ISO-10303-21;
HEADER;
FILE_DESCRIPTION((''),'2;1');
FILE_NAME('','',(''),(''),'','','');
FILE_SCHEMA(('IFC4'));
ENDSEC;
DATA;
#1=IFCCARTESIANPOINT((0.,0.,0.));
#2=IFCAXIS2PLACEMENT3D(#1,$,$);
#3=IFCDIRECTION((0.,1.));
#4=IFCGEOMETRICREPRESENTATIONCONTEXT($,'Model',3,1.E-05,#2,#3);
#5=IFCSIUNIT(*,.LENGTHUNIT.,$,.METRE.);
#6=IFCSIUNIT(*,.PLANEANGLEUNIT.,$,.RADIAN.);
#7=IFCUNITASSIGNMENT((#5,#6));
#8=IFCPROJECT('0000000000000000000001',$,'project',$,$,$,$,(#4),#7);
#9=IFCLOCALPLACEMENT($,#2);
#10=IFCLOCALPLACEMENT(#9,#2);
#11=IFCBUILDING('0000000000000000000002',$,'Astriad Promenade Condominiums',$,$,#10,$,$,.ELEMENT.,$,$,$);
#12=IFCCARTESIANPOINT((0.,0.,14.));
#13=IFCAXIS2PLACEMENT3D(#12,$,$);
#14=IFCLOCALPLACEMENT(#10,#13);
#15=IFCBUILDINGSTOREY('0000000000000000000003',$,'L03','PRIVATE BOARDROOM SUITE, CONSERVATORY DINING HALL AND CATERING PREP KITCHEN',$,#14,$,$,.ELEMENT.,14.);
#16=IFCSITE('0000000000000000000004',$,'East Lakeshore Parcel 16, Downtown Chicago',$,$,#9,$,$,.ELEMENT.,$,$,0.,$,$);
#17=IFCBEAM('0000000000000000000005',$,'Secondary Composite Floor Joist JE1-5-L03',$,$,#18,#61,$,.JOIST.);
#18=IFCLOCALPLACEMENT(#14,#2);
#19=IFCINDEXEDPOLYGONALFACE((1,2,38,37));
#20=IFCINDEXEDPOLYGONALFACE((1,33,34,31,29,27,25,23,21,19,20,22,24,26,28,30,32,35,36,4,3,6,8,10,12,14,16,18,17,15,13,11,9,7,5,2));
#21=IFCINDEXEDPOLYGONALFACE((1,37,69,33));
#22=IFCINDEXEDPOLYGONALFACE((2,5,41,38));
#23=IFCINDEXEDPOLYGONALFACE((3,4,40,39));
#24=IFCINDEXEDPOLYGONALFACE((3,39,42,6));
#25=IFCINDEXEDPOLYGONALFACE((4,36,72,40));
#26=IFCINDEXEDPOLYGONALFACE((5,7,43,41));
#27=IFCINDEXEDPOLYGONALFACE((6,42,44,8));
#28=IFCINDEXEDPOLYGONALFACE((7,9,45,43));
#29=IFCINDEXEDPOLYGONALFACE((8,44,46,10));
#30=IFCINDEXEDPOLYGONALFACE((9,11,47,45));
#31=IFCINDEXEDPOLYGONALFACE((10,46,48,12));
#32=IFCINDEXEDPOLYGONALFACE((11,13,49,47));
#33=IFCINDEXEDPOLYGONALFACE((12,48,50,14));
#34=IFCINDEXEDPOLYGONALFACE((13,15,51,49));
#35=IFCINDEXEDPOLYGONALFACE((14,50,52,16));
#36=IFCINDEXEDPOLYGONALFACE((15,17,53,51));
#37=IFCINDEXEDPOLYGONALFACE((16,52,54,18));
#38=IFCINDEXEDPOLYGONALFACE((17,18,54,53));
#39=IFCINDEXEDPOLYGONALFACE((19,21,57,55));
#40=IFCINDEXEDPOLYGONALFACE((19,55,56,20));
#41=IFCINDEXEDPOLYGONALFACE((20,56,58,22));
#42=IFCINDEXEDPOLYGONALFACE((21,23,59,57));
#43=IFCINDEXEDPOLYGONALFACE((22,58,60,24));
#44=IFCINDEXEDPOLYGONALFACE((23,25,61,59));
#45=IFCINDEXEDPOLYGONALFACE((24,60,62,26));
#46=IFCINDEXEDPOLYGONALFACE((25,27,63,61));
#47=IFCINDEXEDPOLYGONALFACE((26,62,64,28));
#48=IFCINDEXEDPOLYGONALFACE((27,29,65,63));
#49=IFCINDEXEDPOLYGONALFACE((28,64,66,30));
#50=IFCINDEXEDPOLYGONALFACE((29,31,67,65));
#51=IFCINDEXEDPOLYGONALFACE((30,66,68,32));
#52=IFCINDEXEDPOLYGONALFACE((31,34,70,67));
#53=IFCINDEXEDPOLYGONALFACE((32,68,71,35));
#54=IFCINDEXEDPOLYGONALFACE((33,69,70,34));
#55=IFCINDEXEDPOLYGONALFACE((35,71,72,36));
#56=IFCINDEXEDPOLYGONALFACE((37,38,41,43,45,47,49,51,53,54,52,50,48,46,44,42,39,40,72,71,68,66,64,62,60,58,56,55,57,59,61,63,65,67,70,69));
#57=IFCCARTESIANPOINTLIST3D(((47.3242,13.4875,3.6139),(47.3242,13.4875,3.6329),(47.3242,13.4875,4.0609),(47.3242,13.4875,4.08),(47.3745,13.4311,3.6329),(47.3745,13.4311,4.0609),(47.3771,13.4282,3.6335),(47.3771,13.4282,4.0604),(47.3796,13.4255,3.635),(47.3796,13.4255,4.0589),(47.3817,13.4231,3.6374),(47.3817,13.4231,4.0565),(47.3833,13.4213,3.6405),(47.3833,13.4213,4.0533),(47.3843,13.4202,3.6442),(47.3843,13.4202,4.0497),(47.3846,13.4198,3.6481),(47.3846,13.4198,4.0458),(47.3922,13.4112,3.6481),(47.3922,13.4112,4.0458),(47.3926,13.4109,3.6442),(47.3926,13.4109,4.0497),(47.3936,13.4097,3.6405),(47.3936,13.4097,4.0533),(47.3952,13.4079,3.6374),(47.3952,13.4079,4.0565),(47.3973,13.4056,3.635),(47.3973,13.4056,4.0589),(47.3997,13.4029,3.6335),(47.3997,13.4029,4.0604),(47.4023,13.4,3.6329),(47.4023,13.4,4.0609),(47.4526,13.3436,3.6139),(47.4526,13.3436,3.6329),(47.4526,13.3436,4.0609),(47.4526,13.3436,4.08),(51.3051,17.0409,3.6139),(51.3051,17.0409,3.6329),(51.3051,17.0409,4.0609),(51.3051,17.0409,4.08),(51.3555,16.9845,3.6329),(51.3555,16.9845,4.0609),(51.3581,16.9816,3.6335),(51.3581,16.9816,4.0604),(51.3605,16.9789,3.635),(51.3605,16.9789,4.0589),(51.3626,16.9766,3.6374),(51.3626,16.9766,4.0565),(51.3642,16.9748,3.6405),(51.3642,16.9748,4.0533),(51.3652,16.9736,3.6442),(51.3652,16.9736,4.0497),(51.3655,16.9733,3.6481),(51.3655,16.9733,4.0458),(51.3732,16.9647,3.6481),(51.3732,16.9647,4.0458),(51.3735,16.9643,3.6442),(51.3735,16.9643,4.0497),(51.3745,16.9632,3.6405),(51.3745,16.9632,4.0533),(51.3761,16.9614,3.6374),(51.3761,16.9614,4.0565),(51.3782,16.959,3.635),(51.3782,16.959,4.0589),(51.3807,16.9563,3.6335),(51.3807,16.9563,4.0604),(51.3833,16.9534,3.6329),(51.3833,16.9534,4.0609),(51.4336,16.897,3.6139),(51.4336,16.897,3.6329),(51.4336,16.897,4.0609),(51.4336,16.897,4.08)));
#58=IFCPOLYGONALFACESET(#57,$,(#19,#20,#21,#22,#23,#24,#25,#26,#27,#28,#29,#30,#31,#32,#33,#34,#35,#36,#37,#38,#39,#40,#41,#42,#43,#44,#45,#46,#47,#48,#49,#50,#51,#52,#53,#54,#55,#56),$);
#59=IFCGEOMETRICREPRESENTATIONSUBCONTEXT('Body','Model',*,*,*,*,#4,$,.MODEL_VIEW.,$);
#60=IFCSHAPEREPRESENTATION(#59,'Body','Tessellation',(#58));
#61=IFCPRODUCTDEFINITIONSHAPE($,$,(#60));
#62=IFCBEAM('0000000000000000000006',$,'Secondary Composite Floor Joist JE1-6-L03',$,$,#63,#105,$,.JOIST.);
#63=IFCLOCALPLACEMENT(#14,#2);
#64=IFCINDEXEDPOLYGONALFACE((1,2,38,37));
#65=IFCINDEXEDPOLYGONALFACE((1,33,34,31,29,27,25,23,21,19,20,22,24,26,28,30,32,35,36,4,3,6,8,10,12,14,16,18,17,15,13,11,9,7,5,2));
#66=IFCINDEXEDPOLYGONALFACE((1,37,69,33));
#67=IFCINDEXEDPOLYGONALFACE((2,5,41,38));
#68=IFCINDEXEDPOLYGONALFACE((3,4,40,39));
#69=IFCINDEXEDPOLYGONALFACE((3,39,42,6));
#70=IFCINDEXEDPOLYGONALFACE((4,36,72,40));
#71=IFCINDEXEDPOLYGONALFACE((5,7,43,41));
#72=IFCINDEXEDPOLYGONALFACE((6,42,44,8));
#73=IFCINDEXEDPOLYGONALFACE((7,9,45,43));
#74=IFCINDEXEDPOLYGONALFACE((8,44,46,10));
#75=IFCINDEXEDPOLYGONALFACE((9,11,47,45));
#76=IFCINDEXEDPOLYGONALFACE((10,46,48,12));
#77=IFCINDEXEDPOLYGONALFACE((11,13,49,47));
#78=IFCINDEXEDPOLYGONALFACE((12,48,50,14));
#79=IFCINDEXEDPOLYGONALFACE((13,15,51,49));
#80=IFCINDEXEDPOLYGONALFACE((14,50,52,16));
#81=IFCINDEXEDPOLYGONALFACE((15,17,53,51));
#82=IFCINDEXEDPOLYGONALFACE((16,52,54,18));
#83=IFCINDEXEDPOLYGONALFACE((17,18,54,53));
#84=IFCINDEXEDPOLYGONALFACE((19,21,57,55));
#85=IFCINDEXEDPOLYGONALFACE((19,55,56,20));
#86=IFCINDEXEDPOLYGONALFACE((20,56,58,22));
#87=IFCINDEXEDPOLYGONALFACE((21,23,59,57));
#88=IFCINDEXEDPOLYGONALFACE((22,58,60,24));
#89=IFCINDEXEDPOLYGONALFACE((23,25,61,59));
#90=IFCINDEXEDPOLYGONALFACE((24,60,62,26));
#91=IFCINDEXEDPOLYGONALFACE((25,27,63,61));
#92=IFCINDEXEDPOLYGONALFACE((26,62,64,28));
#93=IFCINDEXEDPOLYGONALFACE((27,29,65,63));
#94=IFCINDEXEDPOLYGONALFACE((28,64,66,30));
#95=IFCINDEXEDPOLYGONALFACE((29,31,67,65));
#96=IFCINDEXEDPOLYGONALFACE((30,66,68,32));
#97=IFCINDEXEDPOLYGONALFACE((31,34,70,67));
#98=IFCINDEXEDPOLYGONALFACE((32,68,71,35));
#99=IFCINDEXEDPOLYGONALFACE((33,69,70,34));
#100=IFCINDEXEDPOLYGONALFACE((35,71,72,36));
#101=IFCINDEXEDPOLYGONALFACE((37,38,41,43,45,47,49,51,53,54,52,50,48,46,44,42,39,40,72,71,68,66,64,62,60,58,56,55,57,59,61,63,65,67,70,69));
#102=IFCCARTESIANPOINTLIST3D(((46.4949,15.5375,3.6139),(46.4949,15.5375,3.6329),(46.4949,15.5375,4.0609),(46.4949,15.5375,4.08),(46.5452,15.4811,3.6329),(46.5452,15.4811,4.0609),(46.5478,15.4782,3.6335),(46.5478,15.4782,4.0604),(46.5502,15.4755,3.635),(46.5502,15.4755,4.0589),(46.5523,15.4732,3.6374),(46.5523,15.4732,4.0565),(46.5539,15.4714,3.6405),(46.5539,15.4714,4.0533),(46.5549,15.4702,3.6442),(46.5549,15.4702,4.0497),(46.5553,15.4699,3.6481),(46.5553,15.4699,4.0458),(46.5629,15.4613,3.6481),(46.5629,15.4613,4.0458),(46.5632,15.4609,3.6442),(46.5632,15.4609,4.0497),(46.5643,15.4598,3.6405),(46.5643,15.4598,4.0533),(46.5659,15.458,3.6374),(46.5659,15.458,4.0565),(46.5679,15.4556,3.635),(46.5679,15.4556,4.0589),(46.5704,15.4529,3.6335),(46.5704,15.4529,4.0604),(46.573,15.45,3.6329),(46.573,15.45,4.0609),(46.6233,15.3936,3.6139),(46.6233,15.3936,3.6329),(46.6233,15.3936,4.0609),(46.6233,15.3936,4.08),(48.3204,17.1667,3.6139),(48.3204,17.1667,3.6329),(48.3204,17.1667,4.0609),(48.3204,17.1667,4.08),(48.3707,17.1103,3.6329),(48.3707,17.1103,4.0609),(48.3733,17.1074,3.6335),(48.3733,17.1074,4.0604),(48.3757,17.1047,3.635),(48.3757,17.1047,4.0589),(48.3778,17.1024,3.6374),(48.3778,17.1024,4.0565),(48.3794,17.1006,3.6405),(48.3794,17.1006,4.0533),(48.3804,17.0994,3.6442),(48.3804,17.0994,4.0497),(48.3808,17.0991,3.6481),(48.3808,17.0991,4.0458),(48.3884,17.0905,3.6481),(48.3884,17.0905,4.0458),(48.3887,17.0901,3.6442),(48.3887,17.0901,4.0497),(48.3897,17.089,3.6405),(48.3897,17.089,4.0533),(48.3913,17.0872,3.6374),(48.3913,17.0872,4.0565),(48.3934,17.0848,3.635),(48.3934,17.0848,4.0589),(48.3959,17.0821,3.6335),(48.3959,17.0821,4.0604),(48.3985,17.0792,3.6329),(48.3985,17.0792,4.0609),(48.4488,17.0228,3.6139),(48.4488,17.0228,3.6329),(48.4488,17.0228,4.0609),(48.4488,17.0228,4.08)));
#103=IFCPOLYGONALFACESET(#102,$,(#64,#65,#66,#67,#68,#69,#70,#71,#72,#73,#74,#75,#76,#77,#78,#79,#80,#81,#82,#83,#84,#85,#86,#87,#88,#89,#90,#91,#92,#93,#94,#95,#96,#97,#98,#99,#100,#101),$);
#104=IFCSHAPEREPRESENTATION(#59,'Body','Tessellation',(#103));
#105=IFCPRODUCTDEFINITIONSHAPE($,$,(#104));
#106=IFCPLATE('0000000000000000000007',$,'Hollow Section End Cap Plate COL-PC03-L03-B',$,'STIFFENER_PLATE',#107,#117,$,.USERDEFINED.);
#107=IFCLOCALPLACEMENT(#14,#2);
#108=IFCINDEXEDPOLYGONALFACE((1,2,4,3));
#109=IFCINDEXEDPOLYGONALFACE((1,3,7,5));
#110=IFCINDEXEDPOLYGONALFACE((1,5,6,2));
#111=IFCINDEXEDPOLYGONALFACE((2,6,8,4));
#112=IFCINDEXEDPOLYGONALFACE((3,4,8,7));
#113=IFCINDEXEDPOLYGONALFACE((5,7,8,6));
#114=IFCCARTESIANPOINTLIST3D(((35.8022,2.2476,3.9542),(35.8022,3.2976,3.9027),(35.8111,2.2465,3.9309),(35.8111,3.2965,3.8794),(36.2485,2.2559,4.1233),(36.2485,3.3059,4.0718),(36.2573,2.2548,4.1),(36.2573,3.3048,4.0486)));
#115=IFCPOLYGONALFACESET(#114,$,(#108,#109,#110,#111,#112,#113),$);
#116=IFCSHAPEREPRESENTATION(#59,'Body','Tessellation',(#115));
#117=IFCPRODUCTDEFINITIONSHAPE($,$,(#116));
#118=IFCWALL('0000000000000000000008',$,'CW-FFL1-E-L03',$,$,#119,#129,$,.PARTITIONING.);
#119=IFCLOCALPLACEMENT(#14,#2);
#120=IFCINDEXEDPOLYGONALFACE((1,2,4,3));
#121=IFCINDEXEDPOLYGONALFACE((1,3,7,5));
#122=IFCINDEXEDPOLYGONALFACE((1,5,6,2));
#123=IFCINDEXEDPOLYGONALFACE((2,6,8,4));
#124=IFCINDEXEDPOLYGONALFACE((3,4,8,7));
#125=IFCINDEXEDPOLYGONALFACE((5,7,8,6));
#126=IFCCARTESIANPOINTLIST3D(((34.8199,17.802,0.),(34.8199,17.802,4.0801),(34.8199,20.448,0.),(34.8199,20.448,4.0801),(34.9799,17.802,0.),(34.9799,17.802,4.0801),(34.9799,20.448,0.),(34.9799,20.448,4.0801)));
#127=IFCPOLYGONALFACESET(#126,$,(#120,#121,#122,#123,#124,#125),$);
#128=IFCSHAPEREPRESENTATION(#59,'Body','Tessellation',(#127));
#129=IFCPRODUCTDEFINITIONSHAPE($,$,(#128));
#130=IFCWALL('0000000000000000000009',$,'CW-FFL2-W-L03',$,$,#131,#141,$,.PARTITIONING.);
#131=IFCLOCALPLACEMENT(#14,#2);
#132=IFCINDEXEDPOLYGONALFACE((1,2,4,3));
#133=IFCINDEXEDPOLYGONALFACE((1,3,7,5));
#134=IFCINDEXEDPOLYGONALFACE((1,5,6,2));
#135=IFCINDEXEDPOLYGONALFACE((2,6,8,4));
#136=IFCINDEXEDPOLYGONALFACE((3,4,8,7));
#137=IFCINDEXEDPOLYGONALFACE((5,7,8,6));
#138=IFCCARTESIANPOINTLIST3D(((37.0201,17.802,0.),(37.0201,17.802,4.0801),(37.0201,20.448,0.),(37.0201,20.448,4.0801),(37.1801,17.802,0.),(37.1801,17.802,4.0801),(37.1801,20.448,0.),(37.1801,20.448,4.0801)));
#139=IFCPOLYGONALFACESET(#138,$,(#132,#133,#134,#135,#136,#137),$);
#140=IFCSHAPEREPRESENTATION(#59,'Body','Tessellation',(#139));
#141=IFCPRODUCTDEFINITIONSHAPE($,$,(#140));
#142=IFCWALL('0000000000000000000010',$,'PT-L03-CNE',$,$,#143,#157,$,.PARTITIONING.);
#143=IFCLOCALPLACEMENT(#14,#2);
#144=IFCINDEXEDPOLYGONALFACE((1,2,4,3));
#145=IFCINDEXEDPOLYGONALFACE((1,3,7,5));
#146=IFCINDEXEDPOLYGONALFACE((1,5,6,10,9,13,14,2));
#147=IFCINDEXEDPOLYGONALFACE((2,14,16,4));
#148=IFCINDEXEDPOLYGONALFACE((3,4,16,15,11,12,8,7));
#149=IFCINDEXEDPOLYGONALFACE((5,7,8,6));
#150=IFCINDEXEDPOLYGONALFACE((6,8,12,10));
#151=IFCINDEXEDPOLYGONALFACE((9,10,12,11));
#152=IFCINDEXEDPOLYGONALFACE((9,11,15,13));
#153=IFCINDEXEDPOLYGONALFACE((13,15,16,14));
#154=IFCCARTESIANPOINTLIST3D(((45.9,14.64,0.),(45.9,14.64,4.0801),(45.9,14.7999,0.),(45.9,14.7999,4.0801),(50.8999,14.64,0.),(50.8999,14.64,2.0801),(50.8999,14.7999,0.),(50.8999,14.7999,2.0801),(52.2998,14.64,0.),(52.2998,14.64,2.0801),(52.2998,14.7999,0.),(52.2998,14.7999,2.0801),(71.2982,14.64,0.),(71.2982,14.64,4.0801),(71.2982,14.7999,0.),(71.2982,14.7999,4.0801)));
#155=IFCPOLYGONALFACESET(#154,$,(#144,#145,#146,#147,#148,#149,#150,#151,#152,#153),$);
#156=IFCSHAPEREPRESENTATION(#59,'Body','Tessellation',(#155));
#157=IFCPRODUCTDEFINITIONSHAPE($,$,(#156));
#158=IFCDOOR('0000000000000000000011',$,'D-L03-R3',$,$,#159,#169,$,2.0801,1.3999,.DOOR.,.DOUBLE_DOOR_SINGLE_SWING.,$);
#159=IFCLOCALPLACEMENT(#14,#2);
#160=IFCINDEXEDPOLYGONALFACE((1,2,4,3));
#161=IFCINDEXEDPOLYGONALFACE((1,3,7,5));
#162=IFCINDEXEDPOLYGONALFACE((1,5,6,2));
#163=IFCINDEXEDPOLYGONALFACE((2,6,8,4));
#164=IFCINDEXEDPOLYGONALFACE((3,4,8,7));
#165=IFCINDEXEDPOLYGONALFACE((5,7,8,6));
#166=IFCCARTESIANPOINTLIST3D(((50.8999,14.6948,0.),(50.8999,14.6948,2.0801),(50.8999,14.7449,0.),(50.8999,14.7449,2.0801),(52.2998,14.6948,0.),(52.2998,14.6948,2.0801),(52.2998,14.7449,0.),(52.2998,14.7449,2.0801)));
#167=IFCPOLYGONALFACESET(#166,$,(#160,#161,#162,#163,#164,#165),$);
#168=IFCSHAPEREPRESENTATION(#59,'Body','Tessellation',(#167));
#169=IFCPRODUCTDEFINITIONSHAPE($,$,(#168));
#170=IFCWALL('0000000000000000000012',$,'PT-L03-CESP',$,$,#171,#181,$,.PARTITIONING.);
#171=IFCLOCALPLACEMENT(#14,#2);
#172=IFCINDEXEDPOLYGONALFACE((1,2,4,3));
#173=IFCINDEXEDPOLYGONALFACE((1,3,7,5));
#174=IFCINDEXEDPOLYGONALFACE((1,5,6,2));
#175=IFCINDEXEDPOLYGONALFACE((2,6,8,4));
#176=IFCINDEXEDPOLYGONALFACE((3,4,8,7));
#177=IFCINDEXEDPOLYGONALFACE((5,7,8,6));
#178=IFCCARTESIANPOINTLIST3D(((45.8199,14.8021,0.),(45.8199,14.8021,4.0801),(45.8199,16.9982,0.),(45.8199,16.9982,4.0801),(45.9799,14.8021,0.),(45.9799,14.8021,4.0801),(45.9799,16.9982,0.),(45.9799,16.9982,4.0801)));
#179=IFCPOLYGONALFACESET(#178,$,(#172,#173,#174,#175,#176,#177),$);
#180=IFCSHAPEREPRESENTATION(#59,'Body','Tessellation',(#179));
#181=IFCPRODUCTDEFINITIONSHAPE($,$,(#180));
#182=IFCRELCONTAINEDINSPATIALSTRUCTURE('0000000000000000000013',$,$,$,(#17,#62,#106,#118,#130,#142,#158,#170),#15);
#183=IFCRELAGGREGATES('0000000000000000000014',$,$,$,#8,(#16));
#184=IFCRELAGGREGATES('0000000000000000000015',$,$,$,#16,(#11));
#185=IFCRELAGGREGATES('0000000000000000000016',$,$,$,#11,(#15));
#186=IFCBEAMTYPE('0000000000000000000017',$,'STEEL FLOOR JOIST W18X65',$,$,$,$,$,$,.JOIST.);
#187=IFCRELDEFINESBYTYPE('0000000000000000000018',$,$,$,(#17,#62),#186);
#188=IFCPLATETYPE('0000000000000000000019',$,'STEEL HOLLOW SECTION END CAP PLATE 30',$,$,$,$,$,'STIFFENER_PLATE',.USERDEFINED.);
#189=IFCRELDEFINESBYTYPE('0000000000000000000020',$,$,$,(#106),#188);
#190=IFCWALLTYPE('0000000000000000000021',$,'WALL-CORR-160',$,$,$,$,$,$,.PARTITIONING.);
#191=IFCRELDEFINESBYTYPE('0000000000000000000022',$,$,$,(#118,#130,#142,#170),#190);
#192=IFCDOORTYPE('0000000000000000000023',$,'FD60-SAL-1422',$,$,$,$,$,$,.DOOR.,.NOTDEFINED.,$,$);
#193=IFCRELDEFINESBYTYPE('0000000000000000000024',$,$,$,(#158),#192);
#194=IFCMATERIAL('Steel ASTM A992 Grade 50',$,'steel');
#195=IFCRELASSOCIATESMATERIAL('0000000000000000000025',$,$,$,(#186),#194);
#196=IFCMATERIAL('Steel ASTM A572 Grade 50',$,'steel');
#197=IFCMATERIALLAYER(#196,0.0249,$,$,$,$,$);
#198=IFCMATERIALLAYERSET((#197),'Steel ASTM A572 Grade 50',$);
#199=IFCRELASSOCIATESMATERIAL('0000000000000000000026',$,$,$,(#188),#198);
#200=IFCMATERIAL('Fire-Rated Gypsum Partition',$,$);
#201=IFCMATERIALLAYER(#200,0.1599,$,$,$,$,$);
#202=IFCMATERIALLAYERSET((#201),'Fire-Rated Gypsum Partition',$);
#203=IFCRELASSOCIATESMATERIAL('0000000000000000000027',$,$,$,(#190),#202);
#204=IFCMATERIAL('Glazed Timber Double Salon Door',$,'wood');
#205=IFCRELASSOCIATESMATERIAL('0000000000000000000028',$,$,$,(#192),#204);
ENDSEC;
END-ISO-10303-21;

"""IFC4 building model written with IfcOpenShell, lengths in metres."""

from ifc_helpers import new_model, si_unit, direction, frame, frame_2d, origin, origin_2d, place, context, subcontext, project, spatial, rectangle, i_section, extrude, source, transform, mapped, material, layer, layer_set, material_profile, profile_set, type_object, type_shapes, element, fill, save


model = new_model("IFC4")

# Units and contexts
model_context = context("Model", 3, precision=1e-05, world=origin(), true_north=direction((0.0, 1.0)))
body_context = subcontext(model_context, "Body", "Model", "MODEL_VIEW")
ifc_project = project(units=[si_unit("LENGTHUNIT", "METRE"), si_unit("PLANEANGLEUNIT", "RADIAN")], contexts=[model_context])

# Site, building, storey
site_placement = place(None, origin())
site = spatial("IfcSite", under=ifc_project, at=site_placement, Name="East Lakeshore Parcel 16, Downtown Chicago", CompositionType="ELEMENT", RefElevation=0.0)
building_placement = place(site_placement, origin())
building = spatial("IfcBuilding", under=site, at=building_placement, Name="Astriad Promenade Condominiums", CompositionType="ELEMENT")
storey_placement = place(building_placement, frame((0.0, 0.0, 14.0)))
storey = spatial("IfcBuildingStorey", under=building, at=storey_placement, Name="L03", Description="PRIVATE BOARDROOM SUITE, CONSERVATORY DINING HALL AND CATERING PREP KITCHEN", CompositionType="ELEMENT", Elevation=14.0)

# Shared definitions
ifc_material_1 = material(Name="Steel ASTM A992 Grade 50", Category="steel")

# Beams
ifc_material_profile_1 = material_profile(ifc_material_1, i_section(OverallWidth=0.1929, OverallDepth=0.4661, WebThickness=0.0115, FlangeThickness=0.019, FilletRadius=0.0151, at=origin_2d()), Name="W18X65")
ifc_profile_set_1 = profile_set([ifc_material_profile_1], Name="Steel ASTM A992 Grade 50")
beam_type_1 = type_object("IfcBeamType", Name="STEEL FLOOR JOIST W18X65", PredefinedType="JOIST", material=ifc_profile_set_1)
shared_shape_1 = source(origin(), body_context, "Body", "SweptSolid", [
    extrude(i_section(OverallWidth=0.1929, OverallDepth=0.4661, WebThickness=0.0115, FlangeThickness=0.019, FilletRadius=0.0151, at=origin_2d()), origin(), (0.0, 0.0, 1.0), 5.3362),
])
beam_1_placement = place(storey_placement, frame((47.3884, 13.4155, 3.8469), z_axis=(0.746027, 0.665916, 0.0), x_axis=(-0.665916, 0.746027, 0.0)))
element("IfcBeam", 1, at=beam_1_placement, inside=storey, type_object=beam_type_1, Name="Secondary Composite Floor Joist JE1-5-L03", PredefinedType="JOIST", context=body_context, shape_type="MappedRepresentation", body=[
    mapped(shared_shape_1, transform((0.0, 0.0, 0.0), scale=1.0)),
])
shared_shape_2 = source(origin(), body_context, "Body", "SweptSolid", [
    extrude(i_section(OverallWidth=0.1929, OverallDepth=0.4661, WebThickness=0.0115, FlangeThickness=0.019, FilletRadius=0.0151, at=origin_2d()), origin(), (0.0, 0.0, 1.0), 2.4468),
])
beam_2_placement = place(storey_placement, frame((46.5591, 15.4656, 3.8469), z_axis=(0.746081, 0.665855, 0.0), x_axis=(-0.665855, 0.746081, 0.0)))
element("IfcBeam", 2, at=beam_2_placement, inside=storey, type_object=beam_type_1, Name="Secondary Composite Floor Joist JE1-6-L03", PredefinedType="JOIST", context=body_context, shape_type="MappedRepresentation", body=[
    mapped(shared_shape_2, transform((0.0, 0.0, 0.0), scale=1.0)),
])

# Plate
ifc_material_2 = material(Name="Steel ASTM A572 Grade 50", Category="steel")
ifc_layer_1 = layer(ifc_material_2, 0.0249)
ifc_layer_set_1 = layer_set([ifc_layer_1], Name="Steel ASTM A572 Grade 50")
plate_type = type_object("IfcPlateType", Name="STEEL HOLLOW SECTION END CAP PLATE 30", ElementType="STIFFENER_PLATE", PredefinedType="USERDEFINED", material=ifc_layer_set_1)
shared_shape_3 = source(origin(), body_context, "Body", "SweptSolid", [
    extrude(rectangle(XDim=0.4773, YDim=1.0513, at=origin_2d()), origin(), (0.0, 0.0, 1.0), 0.0249),
])
type_shapes(plate_type, [shared_shape_3])
plate_placement = place(storey_placement, frame((36.0342, 2.7756, 3.9897), z_axis=(-0.354751, 0.045787, 0.933839), x_axis=(1.0, 0.0, 0.0)))
element("IfcPlate", 3, at=plate_placement, inside=storey, type_object=plate_type, Name="Hollow Section End Cap Plate COL-PC03-L03-B", ObjectType="STIFFENER_PLATE", PredefinedType="USERDEFINED", context=body_context, shape_type="MappedRepresentation", body=[
    mapped(shared_shape_3, transform((0.0, 0.0, 0.0), scale=1.0)),
])

# Walls
ifc_material_3 = material(Name="Fire-Rated Gypsum Partition")
ifc_layer_2 = layer(ifc_material_3, 0.1599)
ifc_layer_set_2 = layer_set([ifc_layer_2], Name="Fire-Rated Gypsum Partition")
wall_type_1 = type_object("IfcWallType", Name="WALL-CORR-160", PredefinedType="PARTITIONING", material=ifc_layer_set_2)
for number, where, z_axis, x_axis, name in (
    (4, (34.8999, 17.802, 0.0), (0.0, 0.0, 1.0), (0.0, 1.0, 0.0), "CW-FFL1-E-L03"),
    (5, (37.1001, 17.802, 0.0), (0.0, 0.0, 1.0), (0.0, 1.0, 0.0), "CW-FFL2-W-L03"),
):
    element("IfcWall", number, at=place(storey_placement, frame(where, z_axis=z_axis, x_axis=x_axis)), inside=storey, type_object=wall_type_1, Name=name, PredefinedType="PARTITIONING", context=body_context, shape_type="SweptSolid", body=[
        extrude(rectangle(XDim=2.646, YDim=0.1599, at=frame_2d((1.323, 0.0))), origin(), (0.0, 0.0, 1.0), 4.0801),
    ])

# Wall, opening, door
wall_1_placement = place(storey_placement, frame((45.8999, 14.72, 0.0), z_axis=(0.0, 0.0, 1.0), x_axis=(1.0, 0.0, 0.0)))
wall_1 = element("IfcWall", 6, at=wall_1_placement, inside=storey, type_object=wall_type_1, Name="PT-L03-CNE", PredefinedType="PARTITIONING", context=body_context, shape_type="SweptSolid", body=[
    extrude(rectangle(XDim=25.3982, YDim=0.1599, at=frame_2d((12.6992, 0.0))), origin(), (0.0, 0.0, 1.0), 4.0801),
])
opening_placement = place(wall_1_placement, frame((5.0, 0.0, 0.0)))
opening = element("IfcOpeningElement", 7, at=opening_placement, cuts=wall_1, PredefinedType="OPENING", context=body_context, shape_type="SweptSolid", body=[
    extrude(rectangle(XDim=1.3999, YDim=2.0801, at=frame_2d((0.7, 1.04))), frame((0.0, 0.0898, 0.0), z_axis=(0.0, -1.0, 0.0), x_axis=(1.0, 0.0, 0.0)), (0.0, 0.0, 1.0), 0.1799),
])
ifc_material_4 = material(Name="Glazed Timber Double Salon Door", Category="wood")
door_type = type_object("IfcDoorType", Name="FD60-SAL-1422", OperationType="NOTDEFINED", PredefinedType="DOOR", material=ifc_material_4)
shared_shape_4 = source(origin(), body_context, "Body", "SweptSolid", [
    extrude(rectangle(XDim=1.3999, YDim=2.0801, at=frame_2d((0.7, 1.04))), frame((0.0, 0.0249, 0.0), z_axis=(0.0, -1.0, 0.0), x_axis=(1.0, 0.0, 0.0)), (0.0, 0.0, 1.0), 0.05),
])
type_shapes(door_type, [shared_shape_4])
door_placement = place(opening_placement, origin())
door = element("IfcDoor", 8, at=door_placement, inside=storey, type_object=door_type, Name="D-L03-R3", OperationType="DOUBLE_DOOR_SINGLE_SWING", OverallHeight=2.0801, OverallWidth=1.3999, PredefinedType="DOOR", context=body_context, shape_type="MappedRepresentation", body=[
    mapped(shared_shape_4, transform((0.0, 0.0, 0.0), scale=1.0)),
])
fill(opening, door)

# Wall
wall_2_placement = place(storey_placement, frame((45.8999, 14.802, 0.0), z_axis=(0.0, 0.0, 1.0), x_axis=(0.0, 1.0, 0.0)))
element("IfcWall", 9, at=wall_2_placement, inside=storey, type_object=wall_type_1, Name="PT-L03-CESP", PredefinedType="PARTITIONING", context=body_context, shape_type="SweptSolid", body=[
    extrude(rectangle(XDim=2.196, YDim=0.1599, at=frame_2d((1.0981, 0.0))), origin(), (0.0, 0.0, 1.0), 4.0801),
])

save(model, "model.ifc")
